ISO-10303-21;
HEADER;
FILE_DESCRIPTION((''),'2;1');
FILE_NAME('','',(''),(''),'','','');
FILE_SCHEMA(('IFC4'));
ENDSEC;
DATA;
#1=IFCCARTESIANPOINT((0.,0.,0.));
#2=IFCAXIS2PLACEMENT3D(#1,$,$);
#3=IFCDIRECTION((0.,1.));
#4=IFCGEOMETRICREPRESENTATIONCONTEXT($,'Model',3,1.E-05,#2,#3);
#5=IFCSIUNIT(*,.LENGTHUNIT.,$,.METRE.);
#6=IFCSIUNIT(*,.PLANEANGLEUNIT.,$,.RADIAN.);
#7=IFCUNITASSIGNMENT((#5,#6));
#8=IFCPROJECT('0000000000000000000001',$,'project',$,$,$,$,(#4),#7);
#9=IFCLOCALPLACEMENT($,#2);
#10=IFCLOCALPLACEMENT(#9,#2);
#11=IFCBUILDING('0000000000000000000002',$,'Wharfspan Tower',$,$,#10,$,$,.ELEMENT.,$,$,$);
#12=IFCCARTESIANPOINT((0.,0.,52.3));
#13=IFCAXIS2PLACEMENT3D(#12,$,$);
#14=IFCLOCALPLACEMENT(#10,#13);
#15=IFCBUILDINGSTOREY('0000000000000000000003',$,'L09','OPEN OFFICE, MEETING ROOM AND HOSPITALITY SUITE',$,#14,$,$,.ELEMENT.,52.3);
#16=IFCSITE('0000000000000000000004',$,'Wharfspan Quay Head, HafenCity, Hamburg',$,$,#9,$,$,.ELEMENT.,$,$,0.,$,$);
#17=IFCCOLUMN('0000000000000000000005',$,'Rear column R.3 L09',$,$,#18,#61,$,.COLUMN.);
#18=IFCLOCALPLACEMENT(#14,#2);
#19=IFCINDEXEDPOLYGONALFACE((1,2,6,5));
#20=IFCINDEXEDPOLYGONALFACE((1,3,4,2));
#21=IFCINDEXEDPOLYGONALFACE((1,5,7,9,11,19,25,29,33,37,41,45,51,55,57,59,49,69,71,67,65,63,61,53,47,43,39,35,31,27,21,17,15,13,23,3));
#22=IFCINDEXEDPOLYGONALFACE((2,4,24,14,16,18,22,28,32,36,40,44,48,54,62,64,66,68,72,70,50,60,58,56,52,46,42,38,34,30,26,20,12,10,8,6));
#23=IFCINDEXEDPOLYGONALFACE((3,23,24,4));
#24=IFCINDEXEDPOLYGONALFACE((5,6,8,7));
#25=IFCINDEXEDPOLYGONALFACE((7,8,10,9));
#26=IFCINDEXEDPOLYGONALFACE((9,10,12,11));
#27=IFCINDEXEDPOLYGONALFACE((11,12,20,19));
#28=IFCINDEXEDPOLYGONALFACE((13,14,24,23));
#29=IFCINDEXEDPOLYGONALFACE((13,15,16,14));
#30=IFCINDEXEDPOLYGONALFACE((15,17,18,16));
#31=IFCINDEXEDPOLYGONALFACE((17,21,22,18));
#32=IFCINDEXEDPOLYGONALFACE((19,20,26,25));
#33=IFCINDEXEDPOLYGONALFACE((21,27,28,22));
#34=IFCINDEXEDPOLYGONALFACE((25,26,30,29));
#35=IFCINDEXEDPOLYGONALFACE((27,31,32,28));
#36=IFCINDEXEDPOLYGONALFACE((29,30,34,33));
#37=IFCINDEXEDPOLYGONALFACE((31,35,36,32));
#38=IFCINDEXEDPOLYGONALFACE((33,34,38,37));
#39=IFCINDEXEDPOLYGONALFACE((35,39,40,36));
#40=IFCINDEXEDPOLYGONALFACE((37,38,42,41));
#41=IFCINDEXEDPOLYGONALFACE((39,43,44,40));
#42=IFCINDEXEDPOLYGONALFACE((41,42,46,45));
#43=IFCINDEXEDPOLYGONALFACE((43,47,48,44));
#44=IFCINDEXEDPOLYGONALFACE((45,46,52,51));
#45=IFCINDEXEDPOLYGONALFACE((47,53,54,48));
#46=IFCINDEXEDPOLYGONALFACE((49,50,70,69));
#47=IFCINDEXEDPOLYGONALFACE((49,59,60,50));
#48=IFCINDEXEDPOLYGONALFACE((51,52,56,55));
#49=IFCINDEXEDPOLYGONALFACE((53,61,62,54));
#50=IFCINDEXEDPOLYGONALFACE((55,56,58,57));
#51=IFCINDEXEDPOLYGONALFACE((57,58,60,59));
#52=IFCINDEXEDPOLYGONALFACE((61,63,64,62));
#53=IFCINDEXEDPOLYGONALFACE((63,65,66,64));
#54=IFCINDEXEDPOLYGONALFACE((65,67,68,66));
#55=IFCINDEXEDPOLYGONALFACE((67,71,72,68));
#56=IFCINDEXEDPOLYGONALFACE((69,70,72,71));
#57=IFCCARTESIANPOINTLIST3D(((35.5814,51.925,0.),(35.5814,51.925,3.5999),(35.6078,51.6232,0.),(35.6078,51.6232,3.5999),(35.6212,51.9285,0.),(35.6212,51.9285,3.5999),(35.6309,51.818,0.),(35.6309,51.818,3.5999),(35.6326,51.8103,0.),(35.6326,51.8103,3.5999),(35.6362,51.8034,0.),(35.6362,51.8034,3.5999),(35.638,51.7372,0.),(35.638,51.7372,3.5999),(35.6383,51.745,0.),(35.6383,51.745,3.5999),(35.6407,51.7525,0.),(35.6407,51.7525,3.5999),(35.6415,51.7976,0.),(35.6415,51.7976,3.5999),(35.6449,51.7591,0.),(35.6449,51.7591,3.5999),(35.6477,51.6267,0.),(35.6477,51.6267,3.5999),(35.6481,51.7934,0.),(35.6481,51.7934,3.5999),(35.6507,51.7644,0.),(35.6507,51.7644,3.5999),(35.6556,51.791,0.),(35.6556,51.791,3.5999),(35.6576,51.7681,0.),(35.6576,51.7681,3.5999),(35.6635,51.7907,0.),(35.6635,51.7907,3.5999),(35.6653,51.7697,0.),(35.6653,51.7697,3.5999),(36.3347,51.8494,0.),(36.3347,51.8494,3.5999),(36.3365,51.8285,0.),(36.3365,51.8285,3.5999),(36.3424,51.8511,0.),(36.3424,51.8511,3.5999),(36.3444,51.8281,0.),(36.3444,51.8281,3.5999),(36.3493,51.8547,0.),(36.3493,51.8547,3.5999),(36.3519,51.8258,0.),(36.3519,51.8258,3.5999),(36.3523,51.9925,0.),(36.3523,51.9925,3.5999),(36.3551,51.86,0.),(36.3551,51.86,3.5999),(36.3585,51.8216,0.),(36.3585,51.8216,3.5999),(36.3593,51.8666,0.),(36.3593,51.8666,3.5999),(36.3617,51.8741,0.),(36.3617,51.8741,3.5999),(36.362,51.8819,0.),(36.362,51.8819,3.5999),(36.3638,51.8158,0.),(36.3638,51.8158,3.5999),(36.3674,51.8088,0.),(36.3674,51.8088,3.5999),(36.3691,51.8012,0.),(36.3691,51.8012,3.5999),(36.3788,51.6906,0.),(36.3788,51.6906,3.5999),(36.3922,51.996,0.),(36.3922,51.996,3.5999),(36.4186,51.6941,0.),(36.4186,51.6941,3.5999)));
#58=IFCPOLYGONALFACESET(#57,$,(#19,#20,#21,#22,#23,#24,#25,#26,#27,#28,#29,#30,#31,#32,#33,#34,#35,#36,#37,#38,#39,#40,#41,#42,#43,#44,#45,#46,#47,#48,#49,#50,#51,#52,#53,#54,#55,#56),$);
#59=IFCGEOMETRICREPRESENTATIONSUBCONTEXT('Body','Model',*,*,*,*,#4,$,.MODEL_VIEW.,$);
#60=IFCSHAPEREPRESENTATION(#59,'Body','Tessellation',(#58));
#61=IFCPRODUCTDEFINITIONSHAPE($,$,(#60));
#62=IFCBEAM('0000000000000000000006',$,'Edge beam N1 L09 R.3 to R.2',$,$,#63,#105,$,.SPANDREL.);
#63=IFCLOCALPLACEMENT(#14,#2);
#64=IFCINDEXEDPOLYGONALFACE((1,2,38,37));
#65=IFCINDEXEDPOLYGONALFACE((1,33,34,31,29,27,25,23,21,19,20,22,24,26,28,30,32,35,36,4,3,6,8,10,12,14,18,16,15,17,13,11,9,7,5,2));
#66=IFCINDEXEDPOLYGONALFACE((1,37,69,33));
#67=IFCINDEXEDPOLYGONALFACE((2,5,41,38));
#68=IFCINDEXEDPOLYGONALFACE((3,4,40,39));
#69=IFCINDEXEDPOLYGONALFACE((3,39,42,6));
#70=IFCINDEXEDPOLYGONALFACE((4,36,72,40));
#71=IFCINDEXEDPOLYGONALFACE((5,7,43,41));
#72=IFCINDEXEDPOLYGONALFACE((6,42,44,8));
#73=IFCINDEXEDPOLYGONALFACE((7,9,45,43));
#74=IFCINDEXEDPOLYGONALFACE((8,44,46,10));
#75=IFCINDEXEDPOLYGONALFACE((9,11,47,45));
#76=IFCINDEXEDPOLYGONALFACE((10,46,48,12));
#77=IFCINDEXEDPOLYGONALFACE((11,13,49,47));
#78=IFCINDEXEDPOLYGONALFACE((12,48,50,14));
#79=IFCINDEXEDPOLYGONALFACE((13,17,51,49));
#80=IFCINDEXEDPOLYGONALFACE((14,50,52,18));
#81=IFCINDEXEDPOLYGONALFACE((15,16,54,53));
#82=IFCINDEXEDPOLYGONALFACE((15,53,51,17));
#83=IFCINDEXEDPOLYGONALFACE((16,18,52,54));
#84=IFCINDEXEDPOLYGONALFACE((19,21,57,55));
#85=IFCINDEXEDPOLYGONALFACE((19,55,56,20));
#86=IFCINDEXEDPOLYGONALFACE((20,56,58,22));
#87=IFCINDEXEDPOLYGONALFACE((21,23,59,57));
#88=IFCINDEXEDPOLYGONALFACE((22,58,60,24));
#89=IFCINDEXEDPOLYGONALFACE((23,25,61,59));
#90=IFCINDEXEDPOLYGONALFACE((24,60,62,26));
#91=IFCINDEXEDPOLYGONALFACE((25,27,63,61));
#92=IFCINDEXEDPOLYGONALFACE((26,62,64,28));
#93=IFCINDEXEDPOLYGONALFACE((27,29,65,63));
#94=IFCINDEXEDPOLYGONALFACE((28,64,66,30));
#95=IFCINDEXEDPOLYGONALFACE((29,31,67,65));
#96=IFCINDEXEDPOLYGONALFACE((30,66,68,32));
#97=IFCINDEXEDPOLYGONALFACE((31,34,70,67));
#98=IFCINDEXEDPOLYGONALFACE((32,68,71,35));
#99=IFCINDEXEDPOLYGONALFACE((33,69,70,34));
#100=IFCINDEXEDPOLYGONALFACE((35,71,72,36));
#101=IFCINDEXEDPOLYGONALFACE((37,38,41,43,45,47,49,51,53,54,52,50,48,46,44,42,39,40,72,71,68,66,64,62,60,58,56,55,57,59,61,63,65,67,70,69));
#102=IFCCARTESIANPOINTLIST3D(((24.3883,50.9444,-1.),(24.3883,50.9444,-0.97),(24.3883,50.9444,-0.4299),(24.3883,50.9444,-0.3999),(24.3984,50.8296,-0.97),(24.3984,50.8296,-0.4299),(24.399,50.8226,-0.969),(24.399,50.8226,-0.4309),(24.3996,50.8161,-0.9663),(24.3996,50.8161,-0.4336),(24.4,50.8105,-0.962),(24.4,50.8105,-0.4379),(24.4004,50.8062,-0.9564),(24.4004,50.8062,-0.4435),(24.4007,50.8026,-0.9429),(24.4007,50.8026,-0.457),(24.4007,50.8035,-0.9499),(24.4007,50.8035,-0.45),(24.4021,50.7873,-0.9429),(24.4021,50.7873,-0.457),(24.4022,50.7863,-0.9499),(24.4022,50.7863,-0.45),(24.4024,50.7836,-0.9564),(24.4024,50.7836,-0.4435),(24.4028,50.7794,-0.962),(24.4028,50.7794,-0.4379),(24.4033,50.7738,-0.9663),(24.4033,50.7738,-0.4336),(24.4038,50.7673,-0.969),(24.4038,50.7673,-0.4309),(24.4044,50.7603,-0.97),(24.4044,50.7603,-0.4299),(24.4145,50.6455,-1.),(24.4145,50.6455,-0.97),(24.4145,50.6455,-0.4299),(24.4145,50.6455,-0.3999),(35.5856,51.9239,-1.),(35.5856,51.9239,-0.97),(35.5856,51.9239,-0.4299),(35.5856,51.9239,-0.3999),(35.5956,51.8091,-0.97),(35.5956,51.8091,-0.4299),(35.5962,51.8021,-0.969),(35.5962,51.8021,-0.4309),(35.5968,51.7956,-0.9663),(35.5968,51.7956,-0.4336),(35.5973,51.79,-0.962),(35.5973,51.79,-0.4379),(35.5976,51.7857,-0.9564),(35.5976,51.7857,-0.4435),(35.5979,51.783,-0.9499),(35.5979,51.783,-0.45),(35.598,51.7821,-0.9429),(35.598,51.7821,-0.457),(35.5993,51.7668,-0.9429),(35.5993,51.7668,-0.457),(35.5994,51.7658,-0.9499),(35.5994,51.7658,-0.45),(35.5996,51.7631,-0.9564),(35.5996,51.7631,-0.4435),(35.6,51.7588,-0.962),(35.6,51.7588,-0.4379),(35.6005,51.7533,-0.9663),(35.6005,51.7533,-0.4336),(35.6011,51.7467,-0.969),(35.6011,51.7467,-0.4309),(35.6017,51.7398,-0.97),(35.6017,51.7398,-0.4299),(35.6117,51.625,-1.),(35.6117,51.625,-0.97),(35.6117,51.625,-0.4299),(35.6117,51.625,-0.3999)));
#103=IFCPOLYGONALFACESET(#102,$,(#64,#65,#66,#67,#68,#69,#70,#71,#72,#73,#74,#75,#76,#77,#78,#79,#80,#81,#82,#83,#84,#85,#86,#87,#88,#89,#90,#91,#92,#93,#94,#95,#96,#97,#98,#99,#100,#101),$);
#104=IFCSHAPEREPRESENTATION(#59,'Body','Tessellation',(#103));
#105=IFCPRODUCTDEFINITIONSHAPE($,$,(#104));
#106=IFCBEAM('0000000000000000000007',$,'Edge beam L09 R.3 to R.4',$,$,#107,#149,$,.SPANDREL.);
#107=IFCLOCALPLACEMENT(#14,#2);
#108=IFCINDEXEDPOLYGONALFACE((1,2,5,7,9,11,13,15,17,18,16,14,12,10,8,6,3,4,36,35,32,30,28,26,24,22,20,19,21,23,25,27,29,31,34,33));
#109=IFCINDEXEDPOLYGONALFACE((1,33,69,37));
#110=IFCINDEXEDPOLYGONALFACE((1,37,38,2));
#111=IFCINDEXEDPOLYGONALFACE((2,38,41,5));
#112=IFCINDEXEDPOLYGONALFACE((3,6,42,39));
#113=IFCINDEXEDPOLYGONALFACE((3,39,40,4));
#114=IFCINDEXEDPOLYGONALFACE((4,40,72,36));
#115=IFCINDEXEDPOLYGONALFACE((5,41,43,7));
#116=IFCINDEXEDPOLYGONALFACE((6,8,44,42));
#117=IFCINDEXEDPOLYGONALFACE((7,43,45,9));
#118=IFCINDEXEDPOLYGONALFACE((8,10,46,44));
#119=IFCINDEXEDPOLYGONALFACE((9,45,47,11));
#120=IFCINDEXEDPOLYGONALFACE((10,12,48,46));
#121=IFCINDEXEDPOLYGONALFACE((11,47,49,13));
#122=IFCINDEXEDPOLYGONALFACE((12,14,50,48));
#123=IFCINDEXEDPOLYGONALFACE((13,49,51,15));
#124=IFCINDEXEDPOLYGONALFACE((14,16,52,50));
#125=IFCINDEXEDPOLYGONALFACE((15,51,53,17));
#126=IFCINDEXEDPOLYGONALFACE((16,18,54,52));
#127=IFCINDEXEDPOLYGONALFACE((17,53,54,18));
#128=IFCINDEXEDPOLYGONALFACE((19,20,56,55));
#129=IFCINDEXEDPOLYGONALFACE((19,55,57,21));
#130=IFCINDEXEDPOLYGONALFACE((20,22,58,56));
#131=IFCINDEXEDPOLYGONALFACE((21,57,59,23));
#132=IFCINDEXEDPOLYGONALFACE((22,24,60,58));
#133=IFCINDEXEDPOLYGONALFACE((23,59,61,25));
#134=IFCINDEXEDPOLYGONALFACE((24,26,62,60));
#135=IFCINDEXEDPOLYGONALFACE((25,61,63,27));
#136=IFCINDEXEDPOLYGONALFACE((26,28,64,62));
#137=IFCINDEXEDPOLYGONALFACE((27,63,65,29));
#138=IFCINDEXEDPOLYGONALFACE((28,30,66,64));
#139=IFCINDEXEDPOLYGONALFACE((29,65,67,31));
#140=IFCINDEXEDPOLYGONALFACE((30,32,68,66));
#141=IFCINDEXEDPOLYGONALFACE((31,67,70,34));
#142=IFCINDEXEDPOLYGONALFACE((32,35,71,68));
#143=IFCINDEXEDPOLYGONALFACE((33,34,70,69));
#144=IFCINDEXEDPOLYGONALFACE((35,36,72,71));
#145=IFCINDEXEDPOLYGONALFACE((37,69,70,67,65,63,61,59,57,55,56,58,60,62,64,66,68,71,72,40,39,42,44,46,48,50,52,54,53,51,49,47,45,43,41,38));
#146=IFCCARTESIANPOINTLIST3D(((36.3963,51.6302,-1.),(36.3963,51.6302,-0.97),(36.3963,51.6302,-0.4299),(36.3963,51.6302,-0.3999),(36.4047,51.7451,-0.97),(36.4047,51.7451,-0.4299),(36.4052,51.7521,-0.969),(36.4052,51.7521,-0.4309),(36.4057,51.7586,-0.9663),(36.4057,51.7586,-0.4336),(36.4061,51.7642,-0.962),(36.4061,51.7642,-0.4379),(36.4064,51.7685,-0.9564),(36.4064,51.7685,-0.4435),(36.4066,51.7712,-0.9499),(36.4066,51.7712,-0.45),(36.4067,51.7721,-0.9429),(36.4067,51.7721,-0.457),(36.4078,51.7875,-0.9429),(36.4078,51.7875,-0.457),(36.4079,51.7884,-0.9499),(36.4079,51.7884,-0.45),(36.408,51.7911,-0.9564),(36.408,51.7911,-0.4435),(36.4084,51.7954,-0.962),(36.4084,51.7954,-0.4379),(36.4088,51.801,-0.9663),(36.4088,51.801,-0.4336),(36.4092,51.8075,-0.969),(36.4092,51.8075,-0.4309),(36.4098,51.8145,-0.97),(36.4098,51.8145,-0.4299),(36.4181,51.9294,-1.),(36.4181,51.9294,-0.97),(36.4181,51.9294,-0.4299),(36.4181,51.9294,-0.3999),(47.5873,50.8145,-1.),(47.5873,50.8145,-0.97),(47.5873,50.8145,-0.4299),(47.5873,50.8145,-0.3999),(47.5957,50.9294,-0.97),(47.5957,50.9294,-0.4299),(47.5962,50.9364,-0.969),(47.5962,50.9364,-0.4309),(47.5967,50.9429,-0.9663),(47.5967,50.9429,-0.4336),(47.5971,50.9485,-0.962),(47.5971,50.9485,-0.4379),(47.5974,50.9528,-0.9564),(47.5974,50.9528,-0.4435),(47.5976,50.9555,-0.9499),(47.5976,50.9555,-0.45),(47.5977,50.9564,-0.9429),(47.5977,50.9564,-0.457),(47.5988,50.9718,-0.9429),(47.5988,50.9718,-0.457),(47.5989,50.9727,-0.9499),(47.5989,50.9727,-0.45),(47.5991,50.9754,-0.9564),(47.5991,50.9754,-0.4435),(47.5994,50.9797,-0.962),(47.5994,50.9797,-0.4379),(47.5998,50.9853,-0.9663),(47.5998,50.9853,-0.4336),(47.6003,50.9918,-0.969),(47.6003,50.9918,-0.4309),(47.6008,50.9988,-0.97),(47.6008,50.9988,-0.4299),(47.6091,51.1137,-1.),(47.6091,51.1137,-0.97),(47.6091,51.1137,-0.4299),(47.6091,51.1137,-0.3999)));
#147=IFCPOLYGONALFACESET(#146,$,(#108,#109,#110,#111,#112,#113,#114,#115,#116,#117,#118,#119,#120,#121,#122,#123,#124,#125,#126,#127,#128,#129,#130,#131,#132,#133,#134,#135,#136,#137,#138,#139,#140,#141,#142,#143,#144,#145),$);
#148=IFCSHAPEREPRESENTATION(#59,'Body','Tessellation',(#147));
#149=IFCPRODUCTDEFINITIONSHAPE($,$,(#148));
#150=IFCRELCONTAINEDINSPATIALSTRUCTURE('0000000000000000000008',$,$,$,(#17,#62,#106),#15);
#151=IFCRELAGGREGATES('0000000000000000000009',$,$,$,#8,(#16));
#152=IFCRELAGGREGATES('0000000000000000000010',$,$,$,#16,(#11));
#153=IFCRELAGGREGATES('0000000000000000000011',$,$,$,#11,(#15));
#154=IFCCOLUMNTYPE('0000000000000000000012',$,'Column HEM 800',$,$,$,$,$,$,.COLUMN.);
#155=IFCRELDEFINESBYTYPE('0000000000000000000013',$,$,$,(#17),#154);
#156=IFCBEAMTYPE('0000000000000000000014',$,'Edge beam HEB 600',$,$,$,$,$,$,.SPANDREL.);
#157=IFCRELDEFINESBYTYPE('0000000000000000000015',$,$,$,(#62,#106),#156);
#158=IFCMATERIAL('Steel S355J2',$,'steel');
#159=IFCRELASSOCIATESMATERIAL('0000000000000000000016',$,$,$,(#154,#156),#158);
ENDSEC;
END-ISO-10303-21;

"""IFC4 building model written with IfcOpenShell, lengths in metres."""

from ifc_helpers import new_model, si_unit, direction, frame, origin, origin_2d, place, context, subcontext, project, spatial, i_section, extrude, material, material_profile, profile_set, type_object, element, save


model = new_model("IFC4")

# Units and contexts
model_context = context("Model", 3, precision=1e-05, world=origin(), true_north=direction((0.0, 1.0)))
body_context = subcontext(model_context, "Body", "Model", "MODEL_VIEW")
ifc_project = project(units=[si_unit("LENGTHUNIT", "METRE"), si_unit("PLANEANGLEUNIT", "RADIAN")], contexts=[model_context])

# Site, building, storey
site_placement = place(None, origin())
site = spatial("IfcSite", under=ifc_project, at=site_placement, Name="Wharfspan Quay Head, HafenCity, Hamburg", CompositionType="ELEMENT", RefElevation=0.0)
building_placement = place(site_placement, origin())
building = spatial("IfcBuilding", under=site, at=building_placement, Name="Wharfspan Tower", CompositionType="ELEMENT")
storey_placement = place(building_placement, frame((0.0, 0.0, 52.3)))
storey = spatial("IfcBuildingStorey", under=building, at=storey_placement, Name="L09", Description="OPEN OFFICE, MEETING ROOM AND HOSPITALITY SUITE", CompositionType="ELEMENT", Elevation=52.3)

# Column
ifc_material_1 = material(Name="Steel S355J2", Category="steel")
ifc_material_profile_1 = material_profile(ifc_material_1, i_section(OverallWidth=0.303, OverallDepth=0.814, WebThickness=0.021, FlangeThickness=0.04, FilletRadius=0.03, at=origin_2d()))
ifc_profile_set_1 = profile_set([ifc_material_profile_1], Name="Steel S355J2")
column_type = type_object("IfcColumnType", Name="Column HEM 800", PredefinedType="COLUMN", material=ifc_profile_set_1)
column_placement = place(storey_placement, frame((36.0, 51.8096, 0.0), z_axis=(0.0, 0.0, 1.0), x_axis=(-0.087156, 0.996197, 0.0)))
element("IfcColumn", 1, at=column_placement, inside=storey, type_object=column_type, Name="Rear column R.3 L09", PredefinedType="COLUMN", context=body_context, shape_type="SweptSolid", body=[
    extrude(i_section(OverallWidth=0.303, OverallDepth=0.814, WebThickness=0.021, FlangeThickness=0.04, FilletRadius=0.03, at=origin_2d()), origin(), (0.0, 0.0, 1.0), 3.5999),
])

# Beams
ifc_material_profile_2 = material_profile(ifc_material_1, i_section(OverallWidth=0.3, OverallDepth=0.6001, WebThickness=0.0154, FlangeThickness=0.03, FilletRadius=0.0271, at=origin_2d()))
ifc_profile_set_2 = profile_set([ifc_material_profile_2], Name="Steel S355J2")
beam_type = type_object("IfcBeamType", Name="Edge beam HEB 600", PredefinedType="SPANDREL", material=ifc_profile_set_2)
beam_1_placement = place(storey_placement, frame((35.5986, 51.7744, -0.7), z_axis=(-0.996196, -0.087143, 0.0), x_axis=(0.087143, -0.996196, 0.0)))
element("IfcBeam", 2, at=beam_1_placement, inside=storey, type_object=beam_type, Name="Edge beam N1 L09 R.3 to R.2", PredefinedType="SPANDREL", context=body_context, shape_type="SweptSolid", body=[
    extrude(i_section(OverallWidth=0.3, OverallDepth=0.6001, WebThickness=0.0154, FlangeThickness=0.03, FilletRadius=0.0271, at=origin_2d()), origin(), (0.0, 0.0, 1.0), 11.24),
])
beam_2_placement = place(storey_placement, frame((36.4072, 51.7798, -0.7), z_axis=(0.997354, -0.072694, 0.0), x_axis=(0.072694, 0.997354, 0.0)))
element("IfcBeam", 3, at=beam_2_placement, inside=storey, type_object=beam_type, Name="Edge beam L09 R.3 to R.4", PredefinedType="SPANDREL", context=body_context, shape_type="SweptSolid", body=[
    extrude(i_section(OverallWidth=0.3, OverallDepth=0.6001, WebThickness=0.0154, FlangeThickness=0.03, FilletRadius=0.0271, at=origin_2d()), origin(), (0.0, 0.0, 1.0), 11.2207),
])

save(model, "model.ifc")
